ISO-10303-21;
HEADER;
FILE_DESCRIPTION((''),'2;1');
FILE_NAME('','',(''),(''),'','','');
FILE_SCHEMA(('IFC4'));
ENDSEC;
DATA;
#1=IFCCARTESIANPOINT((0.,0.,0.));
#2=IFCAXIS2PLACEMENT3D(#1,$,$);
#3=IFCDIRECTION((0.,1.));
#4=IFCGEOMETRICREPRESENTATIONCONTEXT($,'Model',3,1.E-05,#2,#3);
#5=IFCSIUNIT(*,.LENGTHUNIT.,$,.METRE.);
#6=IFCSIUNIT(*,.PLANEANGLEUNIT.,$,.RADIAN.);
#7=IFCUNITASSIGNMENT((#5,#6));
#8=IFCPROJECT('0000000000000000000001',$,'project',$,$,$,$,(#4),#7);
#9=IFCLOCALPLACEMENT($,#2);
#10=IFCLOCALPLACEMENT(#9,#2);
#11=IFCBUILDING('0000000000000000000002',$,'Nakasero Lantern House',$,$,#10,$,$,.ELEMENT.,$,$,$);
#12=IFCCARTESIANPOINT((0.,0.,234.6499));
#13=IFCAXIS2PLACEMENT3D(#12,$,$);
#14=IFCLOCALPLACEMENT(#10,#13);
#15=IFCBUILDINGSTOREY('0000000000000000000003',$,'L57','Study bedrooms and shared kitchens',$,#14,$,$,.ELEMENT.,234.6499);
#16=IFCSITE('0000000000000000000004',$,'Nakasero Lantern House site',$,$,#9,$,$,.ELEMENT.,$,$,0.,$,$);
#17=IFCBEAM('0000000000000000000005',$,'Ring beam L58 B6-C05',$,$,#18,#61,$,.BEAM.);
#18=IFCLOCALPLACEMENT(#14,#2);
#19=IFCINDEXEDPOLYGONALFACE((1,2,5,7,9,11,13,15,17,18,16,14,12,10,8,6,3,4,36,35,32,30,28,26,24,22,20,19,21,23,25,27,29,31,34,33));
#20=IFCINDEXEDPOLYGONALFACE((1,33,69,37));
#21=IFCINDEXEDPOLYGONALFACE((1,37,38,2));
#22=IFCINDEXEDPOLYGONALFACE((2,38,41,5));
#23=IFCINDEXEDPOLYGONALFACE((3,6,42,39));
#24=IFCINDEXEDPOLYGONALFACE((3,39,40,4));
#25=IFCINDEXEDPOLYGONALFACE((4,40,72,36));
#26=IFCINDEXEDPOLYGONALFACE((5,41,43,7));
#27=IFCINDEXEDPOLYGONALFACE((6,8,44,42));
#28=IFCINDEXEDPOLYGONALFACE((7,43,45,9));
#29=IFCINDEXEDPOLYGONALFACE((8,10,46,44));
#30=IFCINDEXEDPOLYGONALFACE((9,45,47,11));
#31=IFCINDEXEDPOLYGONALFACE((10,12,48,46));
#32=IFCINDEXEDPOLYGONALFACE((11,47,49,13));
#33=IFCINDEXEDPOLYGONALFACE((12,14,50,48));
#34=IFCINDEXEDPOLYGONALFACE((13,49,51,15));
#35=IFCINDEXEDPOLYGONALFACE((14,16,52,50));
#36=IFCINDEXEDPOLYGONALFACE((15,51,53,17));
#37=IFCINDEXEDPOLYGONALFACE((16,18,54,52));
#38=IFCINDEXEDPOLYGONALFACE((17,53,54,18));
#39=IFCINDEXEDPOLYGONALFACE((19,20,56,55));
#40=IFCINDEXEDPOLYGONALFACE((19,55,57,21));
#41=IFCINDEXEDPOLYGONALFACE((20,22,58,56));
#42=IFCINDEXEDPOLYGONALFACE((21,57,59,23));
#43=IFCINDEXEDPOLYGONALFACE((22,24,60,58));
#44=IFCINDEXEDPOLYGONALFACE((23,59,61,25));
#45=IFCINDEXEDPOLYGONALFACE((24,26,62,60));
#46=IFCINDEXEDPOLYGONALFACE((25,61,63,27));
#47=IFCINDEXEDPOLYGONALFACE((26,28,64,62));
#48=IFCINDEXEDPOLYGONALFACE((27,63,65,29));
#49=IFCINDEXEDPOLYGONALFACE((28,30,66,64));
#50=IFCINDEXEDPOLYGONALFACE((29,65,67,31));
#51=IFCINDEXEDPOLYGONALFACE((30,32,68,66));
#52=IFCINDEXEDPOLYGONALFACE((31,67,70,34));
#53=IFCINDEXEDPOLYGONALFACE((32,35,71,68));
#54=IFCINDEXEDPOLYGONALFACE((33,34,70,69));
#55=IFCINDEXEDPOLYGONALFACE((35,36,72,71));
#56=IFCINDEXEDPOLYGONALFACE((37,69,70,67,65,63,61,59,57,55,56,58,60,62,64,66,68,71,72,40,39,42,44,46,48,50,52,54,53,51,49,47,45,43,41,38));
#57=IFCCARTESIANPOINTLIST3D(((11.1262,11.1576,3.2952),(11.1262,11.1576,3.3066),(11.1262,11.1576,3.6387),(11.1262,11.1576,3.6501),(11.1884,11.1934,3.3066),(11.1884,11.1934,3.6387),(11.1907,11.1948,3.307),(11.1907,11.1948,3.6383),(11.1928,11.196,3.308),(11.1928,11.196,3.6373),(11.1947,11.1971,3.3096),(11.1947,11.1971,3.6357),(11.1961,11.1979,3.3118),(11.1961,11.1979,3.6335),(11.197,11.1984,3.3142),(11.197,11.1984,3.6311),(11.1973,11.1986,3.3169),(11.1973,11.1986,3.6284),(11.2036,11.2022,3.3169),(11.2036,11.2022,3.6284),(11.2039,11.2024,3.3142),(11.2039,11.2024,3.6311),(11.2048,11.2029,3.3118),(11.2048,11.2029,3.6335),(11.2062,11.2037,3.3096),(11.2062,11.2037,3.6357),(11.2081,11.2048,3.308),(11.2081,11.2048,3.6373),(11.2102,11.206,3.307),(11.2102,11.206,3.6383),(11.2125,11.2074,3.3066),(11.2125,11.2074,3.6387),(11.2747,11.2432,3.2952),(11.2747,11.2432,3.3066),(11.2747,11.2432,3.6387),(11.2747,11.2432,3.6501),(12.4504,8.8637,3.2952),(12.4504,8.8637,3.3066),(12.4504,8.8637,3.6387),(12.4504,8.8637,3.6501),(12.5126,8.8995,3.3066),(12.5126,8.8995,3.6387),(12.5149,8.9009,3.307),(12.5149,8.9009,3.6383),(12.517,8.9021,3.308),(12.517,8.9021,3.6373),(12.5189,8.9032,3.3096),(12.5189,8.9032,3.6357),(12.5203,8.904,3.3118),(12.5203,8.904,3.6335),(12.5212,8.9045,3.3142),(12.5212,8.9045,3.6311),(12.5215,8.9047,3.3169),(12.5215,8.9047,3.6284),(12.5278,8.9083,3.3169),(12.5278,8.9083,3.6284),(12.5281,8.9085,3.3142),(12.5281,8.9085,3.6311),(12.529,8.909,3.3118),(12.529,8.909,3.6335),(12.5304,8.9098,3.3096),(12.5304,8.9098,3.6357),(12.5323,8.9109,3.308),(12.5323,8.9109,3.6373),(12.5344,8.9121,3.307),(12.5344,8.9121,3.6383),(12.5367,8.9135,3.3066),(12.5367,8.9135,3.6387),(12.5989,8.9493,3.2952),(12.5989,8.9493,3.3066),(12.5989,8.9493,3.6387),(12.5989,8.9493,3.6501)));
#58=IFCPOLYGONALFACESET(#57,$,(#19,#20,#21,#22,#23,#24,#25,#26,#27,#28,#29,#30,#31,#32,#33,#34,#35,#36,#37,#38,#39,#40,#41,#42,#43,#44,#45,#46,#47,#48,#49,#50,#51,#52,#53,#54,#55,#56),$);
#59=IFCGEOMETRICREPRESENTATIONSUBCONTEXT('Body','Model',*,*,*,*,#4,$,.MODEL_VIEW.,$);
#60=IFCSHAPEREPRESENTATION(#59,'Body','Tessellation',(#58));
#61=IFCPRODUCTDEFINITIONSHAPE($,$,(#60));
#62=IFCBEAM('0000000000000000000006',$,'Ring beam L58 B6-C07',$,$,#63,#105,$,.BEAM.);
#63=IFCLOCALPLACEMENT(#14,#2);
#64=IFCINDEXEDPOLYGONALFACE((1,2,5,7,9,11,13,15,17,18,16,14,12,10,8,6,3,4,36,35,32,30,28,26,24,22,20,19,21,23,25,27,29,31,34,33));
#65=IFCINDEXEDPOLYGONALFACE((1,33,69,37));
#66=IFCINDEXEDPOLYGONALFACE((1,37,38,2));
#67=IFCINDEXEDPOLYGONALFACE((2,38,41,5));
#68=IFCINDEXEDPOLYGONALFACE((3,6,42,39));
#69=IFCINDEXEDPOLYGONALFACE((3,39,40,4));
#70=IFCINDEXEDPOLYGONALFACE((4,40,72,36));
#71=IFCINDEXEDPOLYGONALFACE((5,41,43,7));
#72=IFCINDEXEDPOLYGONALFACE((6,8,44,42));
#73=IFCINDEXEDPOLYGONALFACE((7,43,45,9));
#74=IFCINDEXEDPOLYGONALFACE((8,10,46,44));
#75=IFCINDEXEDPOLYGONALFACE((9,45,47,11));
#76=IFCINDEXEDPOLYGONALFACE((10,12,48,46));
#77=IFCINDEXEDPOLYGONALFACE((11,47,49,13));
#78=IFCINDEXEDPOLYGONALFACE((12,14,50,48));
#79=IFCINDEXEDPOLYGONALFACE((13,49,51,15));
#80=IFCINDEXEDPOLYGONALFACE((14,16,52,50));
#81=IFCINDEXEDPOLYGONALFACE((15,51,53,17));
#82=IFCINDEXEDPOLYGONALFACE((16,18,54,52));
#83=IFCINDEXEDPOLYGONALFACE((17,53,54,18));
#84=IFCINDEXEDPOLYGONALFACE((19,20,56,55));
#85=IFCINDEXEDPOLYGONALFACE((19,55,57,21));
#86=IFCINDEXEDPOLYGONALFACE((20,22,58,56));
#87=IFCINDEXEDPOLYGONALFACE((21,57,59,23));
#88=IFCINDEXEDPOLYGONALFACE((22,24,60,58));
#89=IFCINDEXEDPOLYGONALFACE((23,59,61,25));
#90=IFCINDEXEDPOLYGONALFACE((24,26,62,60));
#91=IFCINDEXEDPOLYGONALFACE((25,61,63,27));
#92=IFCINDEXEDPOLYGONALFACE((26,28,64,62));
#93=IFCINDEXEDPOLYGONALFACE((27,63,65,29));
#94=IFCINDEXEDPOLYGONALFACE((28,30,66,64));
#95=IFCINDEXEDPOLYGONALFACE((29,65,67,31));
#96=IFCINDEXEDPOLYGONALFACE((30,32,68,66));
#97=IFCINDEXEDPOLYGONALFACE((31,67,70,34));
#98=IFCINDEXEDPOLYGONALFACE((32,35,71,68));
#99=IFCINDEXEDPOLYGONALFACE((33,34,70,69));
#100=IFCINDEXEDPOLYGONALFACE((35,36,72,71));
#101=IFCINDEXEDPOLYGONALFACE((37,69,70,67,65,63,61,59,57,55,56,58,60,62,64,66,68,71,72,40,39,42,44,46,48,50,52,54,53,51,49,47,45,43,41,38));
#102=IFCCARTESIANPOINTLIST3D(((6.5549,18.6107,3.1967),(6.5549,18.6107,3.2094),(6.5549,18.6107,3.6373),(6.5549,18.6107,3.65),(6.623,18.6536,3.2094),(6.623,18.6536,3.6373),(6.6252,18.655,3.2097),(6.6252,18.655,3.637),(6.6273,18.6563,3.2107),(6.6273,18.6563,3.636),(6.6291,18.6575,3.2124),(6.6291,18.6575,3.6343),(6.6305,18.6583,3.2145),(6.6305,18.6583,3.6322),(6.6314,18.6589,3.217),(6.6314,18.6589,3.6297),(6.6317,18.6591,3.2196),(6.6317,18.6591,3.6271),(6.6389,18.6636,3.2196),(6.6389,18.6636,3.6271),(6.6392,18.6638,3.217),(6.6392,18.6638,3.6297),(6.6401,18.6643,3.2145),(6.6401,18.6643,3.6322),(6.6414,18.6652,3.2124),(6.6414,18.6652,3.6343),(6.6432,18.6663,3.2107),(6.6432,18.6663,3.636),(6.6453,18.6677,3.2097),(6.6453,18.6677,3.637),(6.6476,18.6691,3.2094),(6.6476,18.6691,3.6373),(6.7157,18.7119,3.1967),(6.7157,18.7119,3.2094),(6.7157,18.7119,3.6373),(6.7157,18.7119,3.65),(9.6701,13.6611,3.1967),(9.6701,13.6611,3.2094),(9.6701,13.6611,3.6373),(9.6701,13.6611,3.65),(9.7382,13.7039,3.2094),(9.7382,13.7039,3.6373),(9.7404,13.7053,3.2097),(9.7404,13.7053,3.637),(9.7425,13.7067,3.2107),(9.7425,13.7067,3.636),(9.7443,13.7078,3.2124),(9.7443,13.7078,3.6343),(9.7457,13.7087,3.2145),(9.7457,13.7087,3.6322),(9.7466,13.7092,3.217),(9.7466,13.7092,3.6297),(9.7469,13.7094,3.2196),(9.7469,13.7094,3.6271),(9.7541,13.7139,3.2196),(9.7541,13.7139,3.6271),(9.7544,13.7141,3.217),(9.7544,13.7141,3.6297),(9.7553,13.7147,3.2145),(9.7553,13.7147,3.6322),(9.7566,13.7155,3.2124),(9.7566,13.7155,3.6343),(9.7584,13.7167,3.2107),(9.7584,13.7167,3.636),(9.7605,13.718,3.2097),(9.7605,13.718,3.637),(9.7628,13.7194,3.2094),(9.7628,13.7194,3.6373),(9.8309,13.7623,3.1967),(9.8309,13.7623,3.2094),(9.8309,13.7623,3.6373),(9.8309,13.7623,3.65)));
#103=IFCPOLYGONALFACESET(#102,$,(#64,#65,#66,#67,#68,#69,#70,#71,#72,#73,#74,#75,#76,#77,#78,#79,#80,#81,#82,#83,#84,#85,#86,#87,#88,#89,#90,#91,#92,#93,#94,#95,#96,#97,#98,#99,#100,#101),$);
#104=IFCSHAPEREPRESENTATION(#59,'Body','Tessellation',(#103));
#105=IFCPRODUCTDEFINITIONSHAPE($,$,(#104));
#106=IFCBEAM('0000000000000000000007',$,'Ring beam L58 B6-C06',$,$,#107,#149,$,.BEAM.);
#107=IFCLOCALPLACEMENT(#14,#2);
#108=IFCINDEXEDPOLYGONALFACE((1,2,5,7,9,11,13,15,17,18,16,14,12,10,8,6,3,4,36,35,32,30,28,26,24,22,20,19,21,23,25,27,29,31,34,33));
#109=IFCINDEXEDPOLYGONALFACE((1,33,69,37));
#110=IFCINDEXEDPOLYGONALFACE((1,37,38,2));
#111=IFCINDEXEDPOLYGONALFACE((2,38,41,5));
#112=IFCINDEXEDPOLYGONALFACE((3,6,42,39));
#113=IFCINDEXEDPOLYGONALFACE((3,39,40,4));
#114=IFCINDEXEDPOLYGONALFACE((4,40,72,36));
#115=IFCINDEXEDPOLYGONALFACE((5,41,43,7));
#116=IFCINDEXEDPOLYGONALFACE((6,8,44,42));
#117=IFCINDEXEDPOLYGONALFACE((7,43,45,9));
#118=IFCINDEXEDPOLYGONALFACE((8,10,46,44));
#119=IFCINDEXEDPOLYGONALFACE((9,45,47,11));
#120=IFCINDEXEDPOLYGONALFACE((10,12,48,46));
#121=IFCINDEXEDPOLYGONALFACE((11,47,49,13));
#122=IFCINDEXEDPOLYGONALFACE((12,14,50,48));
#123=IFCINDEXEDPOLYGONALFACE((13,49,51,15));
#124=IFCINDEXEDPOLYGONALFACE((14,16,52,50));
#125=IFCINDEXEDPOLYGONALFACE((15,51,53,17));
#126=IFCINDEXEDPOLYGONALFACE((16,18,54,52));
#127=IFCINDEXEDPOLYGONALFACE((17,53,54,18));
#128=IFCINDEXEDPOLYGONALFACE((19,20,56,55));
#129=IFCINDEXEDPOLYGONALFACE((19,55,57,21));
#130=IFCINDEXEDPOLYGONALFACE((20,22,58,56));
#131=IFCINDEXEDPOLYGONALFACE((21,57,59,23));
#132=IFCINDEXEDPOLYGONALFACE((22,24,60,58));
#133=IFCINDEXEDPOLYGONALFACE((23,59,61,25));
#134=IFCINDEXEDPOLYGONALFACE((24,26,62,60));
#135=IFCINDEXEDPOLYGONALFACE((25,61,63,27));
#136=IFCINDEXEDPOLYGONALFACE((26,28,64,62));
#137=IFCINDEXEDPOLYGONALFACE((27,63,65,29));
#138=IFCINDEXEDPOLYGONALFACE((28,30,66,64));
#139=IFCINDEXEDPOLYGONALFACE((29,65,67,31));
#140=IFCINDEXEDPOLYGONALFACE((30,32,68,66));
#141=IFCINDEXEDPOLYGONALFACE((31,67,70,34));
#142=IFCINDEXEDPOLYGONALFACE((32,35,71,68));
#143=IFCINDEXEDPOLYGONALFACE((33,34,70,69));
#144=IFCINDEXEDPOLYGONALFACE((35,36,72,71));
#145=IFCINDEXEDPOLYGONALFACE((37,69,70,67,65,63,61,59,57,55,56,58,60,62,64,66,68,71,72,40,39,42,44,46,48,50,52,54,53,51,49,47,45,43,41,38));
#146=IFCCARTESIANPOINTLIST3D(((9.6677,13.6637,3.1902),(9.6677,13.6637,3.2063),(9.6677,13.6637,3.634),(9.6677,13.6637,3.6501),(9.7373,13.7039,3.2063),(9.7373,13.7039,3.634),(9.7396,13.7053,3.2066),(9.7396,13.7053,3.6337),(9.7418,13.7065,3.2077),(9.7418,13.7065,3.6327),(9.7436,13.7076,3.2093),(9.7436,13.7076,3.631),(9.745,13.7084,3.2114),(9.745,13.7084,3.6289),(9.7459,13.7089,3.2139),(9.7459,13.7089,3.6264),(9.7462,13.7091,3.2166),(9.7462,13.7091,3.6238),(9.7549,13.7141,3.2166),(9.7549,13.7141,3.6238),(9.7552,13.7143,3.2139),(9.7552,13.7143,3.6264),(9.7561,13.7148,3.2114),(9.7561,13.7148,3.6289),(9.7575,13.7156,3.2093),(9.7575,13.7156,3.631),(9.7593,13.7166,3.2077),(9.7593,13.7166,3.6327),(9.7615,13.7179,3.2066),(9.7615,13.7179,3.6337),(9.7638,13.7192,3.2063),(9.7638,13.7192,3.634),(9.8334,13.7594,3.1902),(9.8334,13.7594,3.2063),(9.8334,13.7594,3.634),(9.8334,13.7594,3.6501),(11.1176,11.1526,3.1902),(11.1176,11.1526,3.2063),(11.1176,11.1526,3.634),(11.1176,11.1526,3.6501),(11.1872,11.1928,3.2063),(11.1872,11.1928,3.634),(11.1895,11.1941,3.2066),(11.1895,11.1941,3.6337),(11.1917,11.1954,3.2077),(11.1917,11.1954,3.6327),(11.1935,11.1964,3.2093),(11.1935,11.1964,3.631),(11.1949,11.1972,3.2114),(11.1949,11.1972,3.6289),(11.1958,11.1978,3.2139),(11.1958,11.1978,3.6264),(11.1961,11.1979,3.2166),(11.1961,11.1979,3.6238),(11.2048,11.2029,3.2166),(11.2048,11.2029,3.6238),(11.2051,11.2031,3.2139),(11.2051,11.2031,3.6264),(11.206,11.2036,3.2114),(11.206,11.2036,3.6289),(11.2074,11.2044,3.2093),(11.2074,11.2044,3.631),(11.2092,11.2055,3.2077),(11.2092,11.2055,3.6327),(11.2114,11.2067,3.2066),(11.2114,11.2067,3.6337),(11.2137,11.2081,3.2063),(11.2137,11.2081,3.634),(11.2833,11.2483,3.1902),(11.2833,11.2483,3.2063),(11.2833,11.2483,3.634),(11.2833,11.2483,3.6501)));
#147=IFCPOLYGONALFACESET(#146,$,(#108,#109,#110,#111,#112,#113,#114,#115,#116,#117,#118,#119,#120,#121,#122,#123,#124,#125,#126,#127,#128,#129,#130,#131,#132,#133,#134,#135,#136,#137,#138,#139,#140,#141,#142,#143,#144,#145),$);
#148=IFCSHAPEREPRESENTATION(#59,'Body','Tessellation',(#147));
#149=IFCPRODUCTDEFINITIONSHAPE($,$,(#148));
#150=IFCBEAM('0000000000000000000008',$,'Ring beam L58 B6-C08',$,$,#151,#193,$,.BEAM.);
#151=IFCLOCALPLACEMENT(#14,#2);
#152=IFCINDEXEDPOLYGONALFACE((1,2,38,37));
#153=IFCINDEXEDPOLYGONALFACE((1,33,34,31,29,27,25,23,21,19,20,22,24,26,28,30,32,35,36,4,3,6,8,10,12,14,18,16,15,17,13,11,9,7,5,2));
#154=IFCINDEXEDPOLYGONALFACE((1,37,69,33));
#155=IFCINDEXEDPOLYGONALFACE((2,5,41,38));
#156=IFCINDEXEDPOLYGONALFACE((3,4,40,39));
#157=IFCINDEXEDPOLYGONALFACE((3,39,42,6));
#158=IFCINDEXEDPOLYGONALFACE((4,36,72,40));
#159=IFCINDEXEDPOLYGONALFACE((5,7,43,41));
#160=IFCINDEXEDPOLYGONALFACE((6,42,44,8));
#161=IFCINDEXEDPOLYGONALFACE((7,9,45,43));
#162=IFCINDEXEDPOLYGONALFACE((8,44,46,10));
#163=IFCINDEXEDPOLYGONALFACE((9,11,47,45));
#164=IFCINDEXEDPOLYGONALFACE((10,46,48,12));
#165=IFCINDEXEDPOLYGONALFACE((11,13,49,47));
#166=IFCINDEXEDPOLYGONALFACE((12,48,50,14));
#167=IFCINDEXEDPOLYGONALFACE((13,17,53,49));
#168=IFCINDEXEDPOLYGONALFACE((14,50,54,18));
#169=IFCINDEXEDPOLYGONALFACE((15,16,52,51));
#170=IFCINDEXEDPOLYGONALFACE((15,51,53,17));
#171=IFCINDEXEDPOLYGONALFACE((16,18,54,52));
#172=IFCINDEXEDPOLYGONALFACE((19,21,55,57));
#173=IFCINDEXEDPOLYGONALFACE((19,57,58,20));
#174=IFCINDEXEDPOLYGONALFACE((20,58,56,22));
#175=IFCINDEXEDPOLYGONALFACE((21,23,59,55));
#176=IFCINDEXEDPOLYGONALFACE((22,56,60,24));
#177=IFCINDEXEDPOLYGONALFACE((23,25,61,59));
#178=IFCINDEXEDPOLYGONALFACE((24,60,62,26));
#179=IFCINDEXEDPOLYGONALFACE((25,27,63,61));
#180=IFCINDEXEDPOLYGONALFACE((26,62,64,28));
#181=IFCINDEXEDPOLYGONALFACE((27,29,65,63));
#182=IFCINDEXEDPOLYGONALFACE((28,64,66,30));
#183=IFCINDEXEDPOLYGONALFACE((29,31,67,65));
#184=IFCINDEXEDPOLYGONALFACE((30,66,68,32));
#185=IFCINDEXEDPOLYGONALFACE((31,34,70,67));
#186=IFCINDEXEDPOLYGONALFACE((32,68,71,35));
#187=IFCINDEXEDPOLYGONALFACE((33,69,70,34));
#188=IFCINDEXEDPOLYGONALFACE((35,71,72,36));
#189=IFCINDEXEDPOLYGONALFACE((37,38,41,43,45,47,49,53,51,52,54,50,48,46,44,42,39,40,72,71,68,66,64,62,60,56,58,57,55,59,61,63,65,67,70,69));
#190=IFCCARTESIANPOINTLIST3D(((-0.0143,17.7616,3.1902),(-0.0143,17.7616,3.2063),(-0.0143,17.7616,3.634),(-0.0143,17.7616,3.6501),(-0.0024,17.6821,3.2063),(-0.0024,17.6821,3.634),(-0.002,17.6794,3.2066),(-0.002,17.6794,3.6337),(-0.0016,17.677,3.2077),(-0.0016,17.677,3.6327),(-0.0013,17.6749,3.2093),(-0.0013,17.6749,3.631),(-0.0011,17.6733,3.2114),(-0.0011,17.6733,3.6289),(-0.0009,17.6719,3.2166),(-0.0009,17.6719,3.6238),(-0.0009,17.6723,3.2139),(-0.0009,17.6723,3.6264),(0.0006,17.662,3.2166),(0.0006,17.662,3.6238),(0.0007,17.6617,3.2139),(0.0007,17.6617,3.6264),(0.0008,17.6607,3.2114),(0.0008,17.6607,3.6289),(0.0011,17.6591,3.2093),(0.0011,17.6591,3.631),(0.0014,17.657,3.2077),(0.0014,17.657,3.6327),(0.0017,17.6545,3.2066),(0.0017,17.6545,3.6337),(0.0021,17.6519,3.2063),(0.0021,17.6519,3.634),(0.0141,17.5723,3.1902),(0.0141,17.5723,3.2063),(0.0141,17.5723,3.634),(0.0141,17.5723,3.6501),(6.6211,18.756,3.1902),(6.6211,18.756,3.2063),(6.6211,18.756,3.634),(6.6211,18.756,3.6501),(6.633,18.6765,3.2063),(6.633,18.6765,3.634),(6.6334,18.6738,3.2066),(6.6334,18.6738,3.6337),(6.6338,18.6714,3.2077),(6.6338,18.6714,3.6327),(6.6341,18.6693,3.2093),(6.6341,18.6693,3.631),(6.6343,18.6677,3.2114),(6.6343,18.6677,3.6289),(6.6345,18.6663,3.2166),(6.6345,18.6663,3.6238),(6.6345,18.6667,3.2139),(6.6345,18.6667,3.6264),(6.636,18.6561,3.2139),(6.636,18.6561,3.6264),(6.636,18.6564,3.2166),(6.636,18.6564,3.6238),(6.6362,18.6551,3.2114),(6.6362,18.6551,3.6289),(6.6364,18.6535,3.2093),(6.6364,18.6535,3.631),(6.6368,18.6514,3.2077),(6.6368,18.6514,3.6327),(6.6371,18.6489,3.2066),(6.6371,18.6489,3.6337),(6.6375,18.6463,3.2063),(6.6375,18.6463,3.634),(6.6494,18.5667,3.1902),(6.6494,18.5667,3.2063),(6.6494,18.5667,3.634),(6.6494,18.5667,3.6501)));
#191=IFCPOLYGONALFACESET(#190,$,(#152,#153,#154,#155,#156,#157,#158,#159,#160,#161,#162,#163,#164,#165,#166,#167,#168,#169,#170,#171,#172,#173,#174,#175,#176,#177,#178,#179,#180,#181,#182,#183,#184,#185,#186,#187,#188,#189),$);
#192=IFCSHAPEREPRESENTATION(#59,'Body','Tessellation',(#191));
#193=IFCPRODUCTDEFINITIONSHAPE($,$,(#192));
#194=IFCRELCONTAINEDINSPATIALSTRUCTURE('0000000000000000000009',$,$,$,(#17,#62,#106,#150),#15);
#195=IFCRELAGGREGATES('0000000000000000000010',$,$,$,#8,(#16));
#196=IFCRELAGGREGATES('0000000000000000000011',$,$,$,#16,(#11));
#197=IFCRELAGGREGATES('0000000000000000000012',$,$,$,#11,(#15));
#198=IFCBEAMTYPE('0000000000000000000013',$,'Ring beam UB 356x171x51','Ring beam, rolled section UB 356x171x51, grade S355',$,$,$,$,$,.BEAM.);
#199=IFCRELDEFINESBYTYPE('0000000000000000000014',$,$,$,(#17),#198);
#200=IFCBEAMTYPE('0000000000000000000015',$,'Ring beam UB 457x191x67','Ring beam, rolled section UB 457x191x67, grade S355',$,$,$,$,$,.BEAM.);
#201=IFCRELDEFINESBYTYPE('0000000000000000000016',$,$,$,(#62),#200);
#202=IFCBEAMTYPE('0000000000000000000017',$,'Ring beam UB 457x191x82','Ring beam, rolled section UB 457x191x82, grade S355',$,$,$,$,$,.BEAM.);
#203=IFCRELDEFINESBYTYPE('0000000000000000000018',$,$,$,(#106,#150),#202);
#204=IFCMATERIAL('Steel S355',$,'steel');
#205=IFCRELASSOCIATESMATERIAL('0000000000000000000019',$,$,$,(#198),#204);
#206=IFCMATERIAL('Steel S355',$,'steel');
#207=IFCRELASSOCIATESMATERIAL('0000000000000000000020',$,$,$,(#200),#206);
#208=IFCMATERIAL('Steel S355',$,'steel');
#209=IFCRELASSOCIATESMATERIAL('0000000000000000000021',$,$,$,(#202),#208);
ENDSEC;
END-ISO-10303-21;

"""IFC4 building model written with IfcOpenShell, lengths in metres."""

from ifc_helpers import new_model, si_unit, direction, frame, origin, origin_2d, place, context, subcontext, project, spatial, i_section, extrude, material, material_profile, profile_set, type_object, element, save


model = new_model("IFC4")

# Units and contexts
model_context = context("Model", 3, precision=1e-05, world=origin(), true_north=direction((0.0, 1.0)))
body_context = subcontext(model_context, "Body", "Model", "MODEL_VIEW")
ifc_project = project(units=[si_unit("LENGTHUNIT", "METRE"), si_unit("PLANEANGLEUNIT", "RADIAN")], contexts=[model_context])

# Site, building, storey
site_placement = place(None, origin())
site = spatial("IfcSite", under=ifc_project, at=site_placement, Name="Nakasero Lantern House site", CompositionType="ELEMENT", RefElevation=0.0)
building_placement = place(site_placement, origin())
building = spatial("IfcBuilding", under=site, at=building_placement, Name="Nakasero Lantern House", CompositionType="ELEMENT")
storey_placement = place(building_placement, frame((0.0, 0.0, 234.6499)))
storey = spatial("IfcBuildingStorey", under=building, at=storey_placement, Name="L57", Description="Study bedrooms and shared kitchens", CompositionType="ELEMENT", Elevation=234.6499)

# Beams
ifc_material_1 = material(Name="Steel S355", Category="steel")
ifc_material_profile_1 = material_profile(ifc_material_1, i_section(OverallWidth=0.1714, OverallDepth=0.355, WebThickness=0.0073, FlangeThickness=0.0115, FilletRadius=0.0103, at=origin_2d()), Name="UB 356x171x51")
ifc_profile_set_1 = profile_set([ifc_material_profile_1], Name="Steel S355")
beam_type_1 = type_object("IfcBeamType", Name="Ring beam UB 356x171x51", Description="Ring beam, rolled section UB 356x171x51, grade S355", PredefinedType="BEAM", material=ifc_profile_set_1)
beam_1_placement = place(storey_placement, frame((12.5247, 8.9065, 3.4727), z_axis=(-0.499946, 0.866057, 0.0), x_axis=(-0.866057, -0.499946, 0.0)))
element("IfcBeam", 1, at=beam_1_placement, inside=storey, type_object=beam_type_1, Name="Ring beam L58 B6-C05", PredefinedType="BEAM", context=body_context, shape_type="SweptSolid", body=[
    extrude(i_section(OverallWidth=0.1714, OverallDepth=0.355, WebThickness=0.0073, FlangeThickness=0.0115, FilletRadius=0.0103, at=origin_2d()), origin(), (0.0, 0.0, 1.0), 2.6487),
])
ifc_material_2 = material(Name="Steel S355", Category="steel")
ifc_material_profile_2 = material_profile(ifc_material_2, i_section(OverallWidth=0.1899, OverallDepth=0.4534, WebThickness=0.0085, FlangeThickness=0.0127, FilletRadius=0.0103, at=origin_2d()), Name="UB 457x191x67")
ifc_profile_set_2 = profile_set([ifc_material_profile_2], Name="Steel S355")
beam_type_2 = type_object("IfcBeamType", Name="Ring beam UB 457x191x67", Description="Ring beam, rolled section UB 457x191x67, grade S355", PredefinedType="BEAM", material=ifc_profile_set_2)
beam_2_placement = place(storey_placement, frame((9.7505, 13.7117, 3.4233), z_axis=(-0.53266, 0.846329, 0.0), x_axis=(-0.846329, -0.53266, 0.0)))
element("IfcBeam", 2, at=beam_2_placement, inside=storey, type_object=beam_type_2, Name="Ring beam L58 B6-C07", PredefinedType="BEAM", context=body_context, shape_type="SweptSolid", body=[
    extrude(i_section(OverallWidth=0.1899, OverallDepth=0.4534, WebThickness=0.0085, FlangeThickness=0.0127, FilletRadius=0.0103, at=origin_2d()), origin(), (0.0, 0.0, 1.0), 5.8484),
])
ifc_material_3 = material(Name="Steel S355", Category="steel")
ifc_material_profile_3 = material_profile(ifc_material_3, i_section(OverallWidth=0.1914, OverallDepth=0.46, WebThickness=0.01, FlangeThickness=0.0161, FilletRadius=0.0103, at=origin_2d()), Name="UB 457x191x82")
ifc_profile_set_3 = profile_set([ifc_material_profile_3], Name="Steel S355")
beam_type_3 = type_object("IfcBeamType", Name="Ring beam UB 457x191x82", Description="Ring beam, rolled section UB 457x191x82, grade S355", PredefinedType="BEAM", material=ifc_profile_set_3)
beam_3_placement = place(storey_placement, frame((11.2004, 11.2004, 3.4202), z_axis=(-0.500024, 0.866012, 0.0), x_axis=(-0.866012, -0.500024, 0.0)))
element("IfcBeam", 3, at=beam_3_placement, inside=storey, type_object=beam_type_3, Name="Ring beam L58 B6-C06", PredefinedType="BEAM", context=body_context, shape_type="SweptSolid", body=[
    extrude(i_section(OverallWidth=0.1914, OverallDepth=0.46, WebThickness=0.01, FlangeThickness=0.0161, FilletRadius=0.0103, at=origin_2d()), origin(), (0.0, 0.0, 1.0), 2.8997),
])
beam_4_placement = place(storey_placement, frame((6.6353, 18.6614, 3.4202), z_axis=(-0.988956, -0.148209, 0.0), x_axis=(0.148209, -0.988956, 0.0)))
element("IfcBeam", 4, at=beam_4_placement, inside=storey, type_object=beam_type_3, Name="Ring beam L58 B6-C08", PredefinedType="BEAM", context=body_context, shape_type="SweptSolid", body=[
    extrude(i_section(OverallWidth=0.1914, OverallDepth=0.46, WebThickness=0.01, FlangeThickness=0.0161, FilletRadius=0.0103, at=origin_2d()), origin(), (0.0, 0.0, 1.0), 6.7095),
])

save(model, "model.ifc")
